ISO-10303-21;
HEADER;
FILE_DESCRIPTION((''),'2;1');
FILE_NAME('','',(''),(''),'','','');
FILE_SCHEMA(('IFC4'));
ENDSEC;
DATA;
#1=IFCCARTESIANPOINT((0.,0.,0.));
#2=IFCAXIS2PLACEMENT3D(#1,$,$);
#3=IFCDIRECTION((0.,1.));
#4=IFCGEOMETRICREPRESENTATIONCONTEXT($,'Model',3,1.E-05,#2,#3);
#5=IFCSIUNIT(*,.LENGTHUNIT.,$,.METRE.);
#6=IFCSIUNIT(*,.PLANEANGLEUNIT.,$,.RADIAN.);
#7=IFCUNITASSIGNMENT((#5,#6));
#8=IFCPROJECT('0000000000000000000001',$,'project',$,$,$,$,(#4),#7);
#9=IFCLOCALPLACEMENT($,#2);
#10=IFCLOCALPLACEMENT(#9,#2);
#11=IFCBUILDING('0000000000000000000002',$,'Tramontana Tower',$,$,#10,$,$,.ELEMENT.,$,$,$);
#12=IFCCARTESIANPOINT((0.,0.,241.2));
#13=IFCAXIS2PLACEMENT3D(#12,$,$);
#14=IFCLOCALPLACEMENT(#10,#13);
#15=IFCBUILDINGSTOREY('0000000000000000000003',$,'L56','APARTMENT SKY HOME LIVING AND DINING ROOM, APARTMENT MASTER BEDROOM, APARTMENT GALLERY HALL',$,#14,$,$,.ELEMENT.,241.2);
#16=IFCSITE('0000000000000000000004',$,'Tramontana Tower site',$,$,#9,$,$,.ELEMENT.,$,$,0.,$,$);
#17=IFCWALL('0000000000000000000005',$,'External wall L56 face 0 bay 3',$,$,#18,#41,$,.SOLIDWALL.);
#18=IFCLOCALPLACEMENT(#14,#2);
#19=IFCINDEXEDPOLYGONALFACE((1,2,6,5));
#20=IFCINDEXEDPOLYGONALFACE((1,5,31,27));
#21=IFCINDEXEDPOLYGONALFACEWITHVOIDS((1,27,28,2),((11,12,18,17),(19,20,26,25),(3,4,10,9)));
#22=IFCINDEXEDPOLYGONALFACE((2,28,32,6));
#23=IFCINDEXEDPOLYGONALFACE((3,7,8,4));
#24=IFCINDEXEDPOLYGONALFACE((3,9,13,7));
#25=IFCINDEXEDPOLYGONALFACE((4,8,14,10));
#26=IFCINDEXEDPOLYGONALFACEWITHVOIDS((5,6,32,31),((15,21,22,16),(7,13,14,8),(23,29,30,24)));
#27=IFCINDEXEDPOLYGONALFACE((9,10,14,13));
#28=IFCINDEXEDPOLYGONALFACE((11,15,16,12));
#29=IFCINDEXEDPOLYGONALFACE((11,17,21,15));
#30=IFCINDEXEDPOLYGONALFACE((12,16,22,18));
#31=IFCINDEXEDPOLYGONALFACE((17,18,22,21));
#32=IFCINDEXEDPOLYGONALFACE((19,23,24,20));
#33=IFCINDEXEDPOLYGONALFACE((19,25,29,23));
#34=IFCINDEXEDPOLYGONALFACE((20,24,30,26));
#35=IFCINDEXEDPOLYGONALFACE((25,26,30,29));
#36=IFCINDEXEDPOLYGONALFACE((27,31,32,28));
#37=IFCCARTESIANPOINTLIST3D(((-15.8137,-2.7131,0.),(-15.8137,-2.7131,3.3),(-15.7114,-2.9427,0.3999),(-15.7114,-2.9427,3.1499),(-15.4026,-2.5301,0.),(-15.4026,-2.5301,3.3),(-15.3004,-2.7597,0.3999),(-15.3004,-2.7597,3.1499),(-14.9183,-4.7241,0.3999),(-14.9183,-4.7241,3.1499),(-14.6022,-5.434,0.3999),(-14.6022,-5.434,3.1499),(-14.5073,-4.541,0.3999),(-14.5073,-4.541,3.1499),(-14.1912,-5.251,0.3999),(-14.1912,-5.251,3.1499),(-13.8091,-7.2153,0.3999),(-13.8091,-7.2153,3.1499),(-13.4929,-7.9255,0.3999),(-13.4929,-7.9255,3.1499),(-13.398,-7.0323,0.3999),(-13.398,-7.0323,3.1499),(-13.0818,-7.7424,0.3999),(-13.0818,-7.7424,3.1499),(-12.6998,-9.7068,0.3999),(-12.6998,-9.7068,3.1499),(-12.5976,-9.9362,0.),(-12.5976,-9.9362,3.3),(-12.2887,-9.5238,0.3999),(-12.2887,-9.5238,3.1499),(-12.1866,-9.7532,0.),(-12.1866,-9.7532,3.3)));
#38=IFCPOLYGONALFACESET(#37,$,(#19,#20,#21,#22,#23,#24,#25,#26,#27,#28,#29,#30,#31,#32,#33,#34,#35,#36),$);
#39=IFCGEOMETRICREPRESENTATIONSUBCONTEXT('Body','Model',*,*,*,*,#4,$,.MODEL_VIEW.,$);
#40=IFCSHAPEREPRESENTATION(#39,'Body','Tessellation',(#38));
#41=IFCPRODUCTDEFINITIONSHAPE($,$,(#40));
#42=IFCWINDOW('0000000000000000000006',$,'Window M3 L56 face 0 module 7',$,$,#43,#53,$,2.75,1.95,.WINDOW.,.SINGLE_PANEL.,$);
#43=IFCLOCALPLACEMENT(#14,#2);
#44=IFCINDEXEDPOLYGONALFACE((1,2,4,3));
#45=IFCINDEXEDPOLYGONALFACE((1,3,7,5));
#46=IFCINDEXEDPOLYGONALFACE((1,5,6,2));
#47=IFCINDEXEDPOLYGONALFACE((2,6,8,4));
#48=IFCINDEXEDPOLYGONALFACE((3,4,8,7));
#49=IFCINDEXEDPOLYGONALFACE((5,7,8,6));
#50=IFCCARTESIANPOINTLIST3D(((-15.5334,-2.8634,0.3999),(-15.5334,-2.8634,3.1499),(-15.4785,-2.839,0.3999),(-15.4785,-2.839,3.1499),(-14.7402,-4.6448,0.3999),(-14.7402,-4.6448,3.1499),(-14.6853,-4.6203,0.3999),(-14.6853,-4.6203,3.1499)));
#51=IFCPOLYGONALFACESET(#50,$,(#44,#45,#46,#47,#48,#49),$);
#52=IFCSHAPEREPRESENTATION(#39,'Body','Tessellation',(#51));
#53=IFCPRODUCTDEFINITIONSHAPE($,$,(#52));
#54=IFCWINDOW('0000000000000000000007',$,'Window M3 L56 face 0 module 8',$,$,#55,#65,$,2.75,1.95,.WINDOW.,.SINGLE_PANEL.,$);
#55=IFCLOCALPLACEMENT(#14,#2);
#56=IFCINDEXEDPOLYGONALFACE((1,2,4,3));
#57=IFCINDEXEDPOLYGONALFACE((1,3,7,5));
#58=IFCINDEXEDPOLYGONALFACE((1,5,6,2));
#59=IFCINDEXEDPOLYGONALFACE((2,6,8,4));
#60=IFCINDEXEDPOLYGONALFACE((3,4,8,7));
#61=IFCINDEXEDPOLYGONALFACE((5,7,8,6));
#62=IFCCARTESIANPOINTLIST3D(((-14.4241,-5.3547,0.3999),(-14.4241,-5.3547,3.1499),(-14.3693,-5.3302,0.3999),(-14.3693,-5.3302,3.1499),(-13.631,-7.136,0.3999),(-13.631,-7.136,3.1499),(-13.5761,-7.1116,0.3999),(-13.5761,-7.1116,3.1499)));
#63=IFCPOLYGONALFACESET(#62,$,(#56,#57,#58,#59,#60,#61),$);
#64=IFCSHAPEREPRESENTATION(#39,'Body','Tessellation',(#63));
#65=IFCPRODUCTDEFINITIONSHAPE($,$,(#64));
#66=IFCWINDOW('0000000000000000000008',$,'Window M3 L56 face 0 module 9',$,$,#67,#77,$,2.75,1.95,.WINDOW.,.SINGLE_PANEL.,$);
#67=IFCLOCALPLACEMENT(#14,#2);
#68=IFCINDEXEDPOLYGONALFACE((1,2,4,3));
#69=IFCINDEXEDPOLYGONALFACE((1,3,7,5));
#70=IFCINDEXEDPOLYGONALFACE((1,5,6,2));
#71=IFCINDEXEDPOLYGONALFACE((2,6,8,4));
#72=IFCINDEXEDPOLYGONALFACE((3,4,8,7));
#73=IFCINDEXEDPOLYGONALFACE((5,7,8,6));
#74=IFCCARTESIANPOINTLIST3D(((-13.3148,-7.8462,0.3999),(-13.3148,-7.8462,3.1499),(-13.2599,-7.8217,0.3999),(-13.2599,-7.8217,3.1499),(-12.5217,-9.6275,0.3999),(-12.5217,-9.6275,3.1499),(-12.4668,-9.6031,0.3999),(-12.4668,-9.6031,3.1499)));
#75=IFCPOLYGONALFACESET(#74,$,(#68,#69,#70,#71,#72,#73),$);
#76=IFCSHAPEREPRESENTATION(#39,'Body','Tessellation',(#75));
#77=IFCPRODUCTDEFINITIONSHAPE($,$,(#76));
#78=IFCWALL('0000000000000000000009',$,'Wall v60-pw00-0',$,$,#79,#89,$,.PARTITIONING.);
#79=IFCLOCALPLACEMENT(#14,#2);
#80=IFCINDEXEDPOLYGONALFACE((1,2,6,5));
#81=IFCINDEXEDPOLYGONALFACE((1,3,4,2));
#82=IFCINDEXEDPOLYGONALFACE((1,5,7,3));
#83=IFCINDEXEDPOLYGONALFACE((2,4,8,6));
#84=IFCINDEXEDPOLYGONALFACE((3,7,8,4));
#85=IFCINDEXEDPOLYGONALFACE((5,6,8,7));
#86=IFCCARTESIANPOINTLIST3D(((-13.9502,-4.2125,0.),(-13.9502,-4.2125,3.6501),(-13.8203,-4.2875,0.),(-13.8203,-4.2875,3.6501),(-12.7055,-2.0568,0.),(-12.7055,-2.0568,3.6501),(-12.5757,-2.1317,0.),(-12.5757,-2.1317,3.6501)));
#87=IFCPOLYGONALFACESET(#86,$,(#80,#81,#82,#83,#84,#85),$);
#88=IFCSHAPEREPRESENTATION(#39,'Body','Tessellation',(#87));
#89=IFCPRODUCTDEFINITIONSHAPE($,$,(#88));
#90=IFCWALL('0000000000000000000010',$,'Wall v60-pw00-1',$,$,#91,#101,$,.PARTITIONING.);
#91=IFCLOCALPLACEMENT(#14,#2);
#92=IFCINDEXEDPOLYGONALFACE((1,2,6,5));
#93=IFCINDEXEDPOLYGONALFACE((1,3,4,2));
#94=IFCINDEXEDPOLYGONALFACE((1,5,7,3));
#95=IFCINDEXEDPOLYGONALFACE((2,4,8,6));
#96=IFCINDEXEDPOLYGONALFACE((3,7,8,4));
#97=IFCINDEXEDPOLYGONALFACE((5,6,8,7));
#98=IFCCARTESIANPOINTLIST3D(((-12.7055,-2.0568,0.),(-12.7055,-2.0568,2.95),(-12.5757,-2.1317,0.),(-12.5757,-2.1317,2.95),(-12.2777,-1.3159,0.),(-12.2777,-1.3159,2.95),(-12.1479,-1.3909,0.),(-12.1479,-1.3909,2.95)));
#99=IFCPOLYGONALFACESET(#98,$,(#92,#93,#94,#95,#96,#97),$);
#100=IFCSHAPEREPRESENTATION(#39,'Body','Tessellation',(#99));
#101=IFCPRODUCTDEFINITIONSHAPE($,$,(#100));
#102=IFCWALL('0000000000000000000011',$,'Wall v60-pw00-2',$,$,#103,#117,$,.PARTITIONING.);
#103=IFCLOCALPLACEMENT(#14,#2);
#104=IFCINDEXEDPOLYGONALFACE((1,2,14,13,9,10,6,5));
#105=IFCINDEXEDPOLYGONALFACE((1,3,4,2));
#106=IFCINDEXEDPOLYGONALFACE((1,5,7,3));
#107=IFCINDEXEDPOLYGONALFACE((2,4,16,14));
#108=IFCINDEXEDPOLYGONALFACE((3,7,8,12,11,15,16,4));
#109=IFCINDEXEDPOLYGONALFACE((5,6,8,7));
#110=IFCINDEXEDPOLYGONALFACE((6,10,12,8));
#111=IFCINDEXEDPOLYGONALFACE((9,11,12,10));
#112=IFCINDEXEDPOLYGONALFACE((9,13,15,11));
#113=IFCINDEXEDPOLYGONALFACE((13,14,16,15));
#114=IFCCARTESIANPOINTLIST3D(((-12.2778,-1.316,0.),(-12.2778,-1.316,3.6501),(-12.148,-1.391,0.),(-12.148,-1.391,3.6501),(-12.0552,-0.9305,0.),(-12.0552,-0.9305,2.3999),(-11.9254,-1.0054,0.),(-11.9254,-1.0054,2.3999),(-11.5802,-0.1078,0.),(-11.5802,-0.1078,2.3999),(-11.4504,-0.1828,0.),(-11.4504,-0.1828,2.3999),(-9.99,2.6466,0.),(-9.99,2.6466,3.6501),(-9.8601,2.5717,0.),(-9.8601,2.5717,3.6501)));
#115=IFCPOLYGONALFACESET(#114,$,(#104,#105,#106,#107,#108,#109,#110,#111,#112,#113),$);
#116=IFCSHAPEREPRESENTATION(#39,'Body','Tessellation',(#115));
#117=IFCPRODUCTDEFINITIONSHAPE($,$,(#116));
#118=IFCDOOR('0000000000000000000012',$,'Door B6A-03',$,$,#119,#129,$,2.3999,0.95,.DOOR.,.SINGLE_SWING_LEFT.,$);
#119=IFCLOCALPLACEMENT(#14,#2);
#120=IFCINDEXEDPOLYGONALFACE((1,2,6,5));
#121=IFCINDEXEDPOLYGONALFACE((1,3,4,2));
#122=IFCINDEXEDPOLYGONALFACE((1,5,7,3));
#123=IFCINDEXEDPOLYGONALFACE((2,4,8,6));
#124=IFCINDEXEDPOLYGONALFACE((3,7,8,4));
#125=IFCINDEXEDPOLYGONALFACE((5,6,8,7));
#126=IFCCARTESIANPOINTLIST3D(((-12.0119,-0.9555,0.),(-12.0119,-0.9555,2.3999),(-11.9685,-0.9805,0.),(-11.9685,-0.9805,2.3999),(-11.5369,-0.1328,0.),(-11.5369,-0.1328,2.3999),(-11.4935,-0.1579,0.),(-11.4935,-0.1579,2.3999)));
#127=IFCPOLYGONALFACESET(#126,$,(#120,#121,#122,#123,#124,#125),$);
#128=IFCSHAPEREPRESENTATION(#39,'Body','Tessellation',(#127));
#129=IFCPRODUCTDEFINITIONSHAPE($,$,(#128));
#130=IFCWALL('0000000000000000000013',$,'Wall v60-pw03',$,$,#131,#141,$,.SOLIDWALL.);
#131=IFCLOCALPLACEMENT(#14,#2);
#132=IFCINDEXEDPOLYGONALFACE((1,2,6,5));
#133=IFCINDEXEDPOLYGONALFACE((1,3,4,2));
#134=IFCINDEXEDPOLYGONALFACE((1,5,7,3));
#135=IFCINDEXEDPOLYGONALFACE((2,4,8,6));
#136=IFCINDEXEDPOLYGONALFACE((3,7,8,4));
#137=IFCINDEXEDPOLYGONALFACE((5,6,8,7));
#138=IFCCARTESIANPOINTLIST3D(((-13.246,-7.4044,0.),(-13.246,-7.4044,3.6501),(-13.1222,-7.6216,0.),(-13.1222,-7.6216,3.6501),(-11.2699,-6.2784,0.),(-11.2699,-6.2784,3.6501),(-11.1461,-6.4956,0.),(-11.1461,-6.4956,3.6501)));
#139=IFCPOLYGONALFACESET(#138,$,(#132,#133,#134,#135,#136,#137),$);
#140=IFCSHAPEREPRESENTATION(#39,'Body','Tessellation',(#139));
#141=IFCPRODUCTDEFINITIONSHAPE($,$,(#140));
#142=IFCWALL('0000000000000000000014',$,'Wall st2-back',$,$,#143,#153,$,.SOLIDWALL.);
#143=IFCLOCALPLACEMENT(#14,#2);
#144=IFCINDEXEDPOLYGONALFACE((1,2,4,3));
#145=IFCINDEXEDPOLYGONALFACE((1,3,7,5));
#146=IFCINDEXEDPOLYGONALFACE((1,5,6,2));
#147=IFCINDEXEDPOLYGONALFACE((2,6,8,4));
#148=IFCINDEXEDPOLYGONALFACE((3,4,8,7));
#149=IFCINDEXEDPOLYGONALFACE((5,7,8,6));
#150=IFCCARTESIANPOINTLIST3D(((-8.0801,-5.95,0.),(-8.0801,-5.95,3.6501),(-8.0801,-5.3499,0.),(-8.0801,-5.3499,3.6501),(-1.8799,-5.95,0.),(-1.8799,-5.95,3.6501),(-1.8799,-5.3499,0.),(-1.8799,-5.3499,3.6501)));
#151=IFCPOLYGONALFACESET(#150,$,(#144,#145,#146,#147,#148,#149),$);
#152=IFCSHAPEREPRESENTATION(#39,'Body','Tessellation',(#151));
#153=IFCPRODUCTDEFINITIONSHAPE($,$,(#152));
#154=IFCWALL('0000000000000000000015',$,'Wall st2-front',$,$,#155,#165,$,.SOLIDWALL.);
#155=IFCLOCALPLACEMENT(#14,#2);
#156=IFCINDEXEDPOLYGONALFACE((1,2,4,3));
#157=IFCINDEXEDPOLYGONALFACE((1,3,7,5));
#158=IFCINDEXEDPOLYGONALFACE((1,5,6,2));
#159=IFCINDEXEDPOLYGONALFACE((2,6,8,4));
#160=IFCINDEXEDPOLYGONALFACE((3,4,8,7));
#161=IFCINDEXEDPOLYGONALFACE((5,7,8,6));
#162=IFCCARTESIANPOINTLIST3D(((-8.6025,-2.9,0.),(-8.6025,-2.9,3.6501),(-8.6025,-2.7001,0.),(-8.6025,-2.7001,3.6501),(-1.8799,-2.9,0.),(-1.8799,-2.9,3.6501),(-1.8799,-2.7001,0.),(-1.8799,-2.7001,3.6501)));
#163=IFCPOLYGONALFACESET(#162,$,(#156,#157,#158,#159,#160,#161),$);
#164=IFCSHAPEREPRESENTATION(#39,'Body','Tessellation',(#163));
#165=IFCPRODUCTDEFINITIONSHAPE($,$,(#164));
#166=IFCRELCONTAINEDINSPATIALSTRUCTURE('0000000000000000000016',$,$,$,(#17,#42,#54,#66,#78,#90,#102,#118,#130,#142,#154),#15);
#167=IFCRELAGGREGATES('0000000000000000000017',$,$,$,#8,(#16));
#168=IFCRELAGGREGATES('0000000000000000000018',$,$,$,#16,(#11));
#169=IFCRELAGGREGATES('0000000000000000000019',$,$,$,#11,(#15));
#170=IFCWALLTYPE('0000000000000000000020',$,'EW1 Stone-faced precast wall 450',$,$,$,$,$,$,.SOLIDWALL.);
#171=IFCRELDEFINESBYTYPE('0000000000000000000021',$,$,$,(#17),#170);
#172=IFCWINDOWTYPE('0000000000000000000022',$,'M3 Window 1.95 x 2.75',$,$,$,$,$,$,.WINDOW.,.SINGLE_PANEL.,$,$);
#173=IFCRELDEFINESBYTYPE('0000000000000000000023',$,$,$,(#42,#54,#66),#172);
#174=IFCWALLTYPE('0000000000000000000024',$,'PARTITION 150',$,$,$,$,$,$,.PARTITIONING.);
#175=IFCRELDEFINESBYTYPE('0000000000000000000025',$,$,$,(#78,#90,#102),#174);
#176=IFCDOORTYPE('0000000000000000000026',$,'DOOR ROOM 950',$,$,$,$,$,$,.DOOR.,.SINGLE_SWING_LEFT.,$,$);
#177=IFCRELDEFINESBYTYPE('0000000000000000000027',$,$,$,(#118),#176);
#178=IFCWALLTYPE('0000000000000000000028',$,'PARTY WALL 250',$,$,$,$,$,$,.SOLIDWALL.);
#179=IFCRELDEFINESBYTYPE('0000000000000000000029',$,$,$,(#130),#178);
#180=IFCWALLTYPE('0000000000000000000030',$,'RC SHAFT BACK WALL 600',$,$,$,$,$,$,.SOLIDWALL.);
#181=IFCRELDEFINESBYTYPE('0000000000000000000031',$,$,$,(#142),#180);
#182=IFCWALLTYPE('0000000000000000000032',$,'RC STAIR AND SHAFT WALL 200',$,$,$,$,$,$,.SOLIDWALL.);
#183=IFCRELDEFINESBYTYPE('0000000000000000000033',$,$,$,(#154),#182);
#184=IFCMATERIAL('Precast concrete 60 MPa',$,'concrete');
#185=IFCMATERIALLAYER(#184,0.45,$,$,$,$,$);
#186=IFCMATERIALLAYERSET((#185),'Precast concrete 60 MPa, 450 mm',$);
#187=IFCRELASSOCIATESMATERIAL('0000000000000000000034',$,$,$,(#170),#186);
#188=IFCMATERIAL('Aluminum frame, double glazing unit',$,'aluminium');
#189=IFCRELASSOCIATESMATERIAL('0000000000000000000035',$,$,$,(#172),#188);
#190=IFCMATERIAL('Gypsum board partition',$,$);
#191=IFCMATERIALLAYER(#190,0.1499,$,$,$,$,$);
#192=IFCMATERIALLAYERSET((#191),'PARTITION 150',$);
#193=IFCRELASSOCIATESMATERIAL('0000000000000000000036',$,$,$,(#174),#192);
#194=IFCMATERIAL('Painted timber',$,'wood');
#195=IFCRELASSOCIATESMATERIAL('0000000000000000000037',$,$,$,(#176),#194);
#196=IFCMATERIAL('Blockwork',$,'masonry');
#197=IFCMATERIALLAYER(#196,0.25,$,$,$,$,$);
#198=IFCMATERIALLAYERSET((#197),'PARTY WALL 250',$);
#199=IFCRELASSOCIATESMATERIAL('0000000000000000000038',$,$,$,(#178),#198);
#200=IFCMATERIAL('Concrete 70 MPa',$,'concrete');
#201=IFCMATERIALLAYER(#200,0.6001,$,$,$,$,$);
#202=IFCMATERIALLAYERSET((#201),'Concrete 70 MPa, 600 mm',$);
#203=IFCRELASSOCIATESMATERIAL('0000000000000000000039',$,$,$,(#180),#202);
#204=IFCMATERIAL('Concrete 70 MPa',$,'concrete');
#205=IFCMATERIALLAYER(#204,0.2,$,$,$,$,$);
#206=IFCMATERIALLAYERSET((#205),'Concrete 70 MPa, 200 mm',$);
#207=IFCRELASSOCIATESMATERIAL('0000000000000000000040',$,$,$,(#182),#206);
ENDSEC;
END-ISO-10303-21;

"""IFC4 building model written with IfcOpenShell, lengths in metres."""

from ifc_helpers import new_model, si_unit, direction, frame, frame_2d, origin, place, context, subcontext, project, spatial, rectangle, extrude, material, layer, layer_set, type_object, element, fill, save


model = new_model("IFC4")

# Units and contexts
model_context = context("Model", 3, precision=1e-05, world=origin(), true_north=direction((0.0, 1.0)))
body_context = subcontext(model_context, "Body", "Model", "MODEL_VIEW")
ifc_project = project(units=[si_unit("LENGTHUNIT", "METRE"), si_unit("PLANEANGLEUNIT", "RADIAN")], contexts=[model_context])

# Site, building, storey
site_placement = place(None, origin())
site = spatial("IfcSite", under=ifc_project, at=site_placement, Name="Tramontana Tower site", CompositionType="ELEMENT", RefElevation=0.0)
building_placement = place(site_placement, origin())
building = spatial("IfcBuilding", under=site, at=building_placement, Name="Tramontana Tower", CompositionType="ELEMENT")
storey_placement = place(building_placement, frame((0.0, 0.0, 241.2)))
storey = spatial("IfcBuildingStorey", under=building, at=storey_placement, Name="L56", Description="APARTMENT SKY HOME LIVING AND DINING ROOM, APARTMENT MASTER BEDROOM, APARTMENT GALLERY HALL", CompositionType="ELEMENT", Elevation=241.2)

# Wall, openings, windows
ifc_material_1 = material(Name="Precast concrete 60 MPa", Category="concrete")
ifc_layer_1 = layer(ifc_material_1, 0.45)
ifc_layer_set_1 = layer_set([ifc_layer_1], Name="Precast concrete 60 MPa, 450 mm")
wall_type_1 = type_object("IfcWallType", Name="EW1 Stone-faced precast wall 450", PredefinedType="SOLIDWALL", material=ifc_layer_set_1)
wall_1_placement = place(storey_placement, frame((-15.6082, -2.6216, 0.0), z_axis=(0.0, 0.0, 1.0), x_axis=(0.406749, -0.91354, 0.0)))
wall_1 = element("IfcWall", 1, at=wall_1_placement, inside=storey, type_object=wall_type_1, Name="External wall L56 face 0 bay 3", PredefinedType="SOLIDWALL", context=body_context, shape_type="SweptSolid", body=[
    extrude(rectangle(XDim=7.9067, YDim=0.45, at=frame_2d((3.9534, 0.0))), origin(), (0.0, 0.0, 1.0), 3.3),
])
opening_1_placement = place(wall_1_placement, frame((0.2512, 0.0, 0.3999)))
opening_1 = element("IfcOpeningElement", 2, at=opening_1_placement, cuts=wall_1, PredefinedType="OPENING", context=body_context, shape_type="SweptSolid", body=[
    extrude(rectangle(XDim=1.95, YDim=2.75, at=frame_2d((0.9751, 1.375))), frame((0.0, 0.2349, 0.0), z_axis=(0.0, -1.0, 0.0), x_axis=(1.0, 0.0, 0.0)), (0.0, 0.0, 1.0), 0.47),
])
opening_2_placement = place(wall_1_placement, frame((2.9783, 0.0, 0.3999)))
opening_2 = element("IfcOpeningElement", 3, at=opening_2_placement, cuts=wall_1, PredefinedType="OPENING", context=body_context, shape_type="SweptSolid", body=[
    extrude(rectangle(XDim=1.95, YDim=2.75, at=frame_2d((0.9751, 1.375))), frame((0.0, 0.2349, 0.0), z_axis=(0.0, -1.0, 0.0), x_axis=(1.0, 0.0, 0.0)), (0.0, 0.0, 1.0), 0.47),
])
opening_3_placement = place(wall_1_placement, frame((5.7056, 0.0, 0.3999)))
opening_3 = element("IfcOpeningElement", 4, at=opening_3_placement, cuts=wall_1, PredefinedType="OPENING", context=body_context, shape_type="SweptSolid", body=[
    extrude(rectangle(XDim=1.95, YDim=2.75, at=frame_2d((0.9751, 1.375))), frame((0.0, 0.2349, 0.0), z_axis=(0.0, -1.0, 0.0), x_axis=(1.0, 0.0, 0.0)), (0.0, 0.0, 1.0), 0.47),
])
ifc_material_2 = material(Name="Aluminum frame, double glazing unit", Category="aluminium")
window_type = type_object("IfcWindowType", Name="M3 Window 1.95 x 2.75", PartitioningType="SINGLE_PANEL", PredefinedType="WINDOW", material=ifc_material_2)
window_1_placement = place(opening_1_placement, origin())
window_1 = element("IfcWindow", 5, at=window_1_placement, inside=storey, type_object=window_type, Name="Window M3 L56 face 0 module 7", OverallHeight=2.75, OverallWidth=1.95, PartitioningType="SINGLE_PANEL", PredefinedType="WINDOW", context=body_context, shape_type="SweptSolid", body=[
    extrude(rectangle(XDim=1.95, YDim=2.75, at=frame_2d((0.9751, 1.375))), frame((0.0, 0.03, 0.0), z_axis=(0.0, -1.0, 0.0), x_axis=(1.0, 0.0, 0.0)), (0.0, 0.0, 1.0), 0.0601),
])
fill(opening_1, window_1)
window_2_placement = place(opening_2_placement, origin())
window_2 = element("IfcWindow", 6, at=window_2_placement, inside=storey, type_object=window_type, Name="Window M3 L56 face 0 module 8", OverallHeight=2.75, OverallWidth=1.95, PartitioningType="SINGLE_PANEL", PredefinedType="WINDOW", context=body_context, shape_type="SweptSolid", body=[
    extrude(rectangle(XDim=1.95, YDim=2.75, at=frame_2d((0.9751, 1.375))), frame((0.0, 0.03, 0.0), z_axis=(0.0, -1.0, 0.0), x_axis=(1.0, 0.0, 0.0)), (0.0, 0.0, 1.0), 0.0601),
])
fill(opening_2, window_2)
window_3_placement = place(opening_3_placement, origin())
window_3 = element("IfcWindow", 7, at=window_3_placement, inside=storey, type_object=window_type, Name="Window M3 L56 face 0 module 9", OverallHeight=2.75, OverallWidth=1.95, PartitioningType="SINGLE_PANEL", PredefinedType="WINDOW", context=body_context, shape_type="SweptSolid", body=[
    extrude(rectangle(XDim=1.95, YDim=2.75, at=frame_2d((0.9751, 1.375))), frame((0.0, 0.03, 0.0), z_axis=(0.0, -1.0, 0.0), x_axis=(1.0, 0.0, 0.0)), (0.0, 0.0, 1.0), 0.0601),
])
fill(opening_3, window_3)

# Walls
ifc_material_3 = material(Name="Gypsum board partition")
ifc_layer_2 = layer(ifc_material_3, 0.1499)
ifc_layer_set_2 = layer_set([ifc_layer_2], Name="PARTITION 150")
wall_type_2 = type_object("IfcWallType", Name="PARTITION 150", PredefinedType="PARTITIONING", material=ifc_layer_set_2)
wall_2_placement = place(storey_placement, frame((-13.8853, -4.25, 0.0), z_axis=(0.0, 0.0, 1.0), x_axis=(0.5, 0.866026, 0.0)))
element("IfcWall", 8, at=wall_2_placement, inside=storey, type_object=wall_type_2, Name="Wall v60-pw00-0", PredefinedType="PARTITIONING", context=body_context, shape_type="SweptSolid", body=[
    extrude(rectangle(XDim=2.4893, YDim=0.1499, at=frame_2d((1.2446, 0.0))), origin(), (0.0, 0.0, 1.0), 3.6501),
])
wall_3_placement = place(storey_placement, frame((-12.6406, -2.0942, 0.0), z_axis=(0.0, 0.0, 1.0), x_axis=(0.500068, 0.865986, 0.0)))
element("IfcWall", 9, at=wall_3_placement, inside=storey, type_object=wall_type_2, Name="Wall v60-pw00-1", PredefinedType="PARTITIONING", context=body_context, shape_type="SweptSolid", body=[
    extrude(rectangle(XDim=0.8555, YDim=0.1499, at=frame_2d((0.4277, 0.0))), origin(), (0.0, 0.0, 1.0), 2.95),
])

# Wall, opening, door
wall_4_placement = place(storey_placement, frame((-12.2129, -1.3535, 0.0), z_axis=(0.0, 0.0, 1.0), x_axis=(0.500001, 0.866025, 0.0)))
wall_4 = element("IfcWall", 10, at=wall_4_placement, inside=storey, type_object=wall_type_2, Name="Wall v60-pw00-2", PredefinedType="PARTITIONING", context=body_context, shape_type="SweptSolid", body=[
    extrude(rectangle(XDim=4.5757, YDim=0.1499, at=frame_2d((2.2878, 0.0))), origin(), (0.0, 0.0, 1.0), 3.6501),
])
opening_4_placement = place(wall_4_placement, frame((0.4451, 0.0, 0.0)))
opening_4 = element("IfcOpeningElement", 11, at=opening_4_placement, cuts=wall_4, PredefinedType="OPENING", context=body_context, shape_type="SweptSolid", body=[
    extrude(rectangle(XDim=0.95, YDim=2.3999, at=frame_2d((0.4751, 1.2))), frame((0.0, 0.085, 0.0), z_axis=(0.0, -1.0, 0.0), x_axis=(1.0, 0.0, 0.0)), (0.0, 0.0, 1.0), 0.1699),
])
ifc_material_4 = material(Name="Painted timber", Category="wood")
door_type_1 = type_object("IfcDoorType", Name="DOOR ROOM 950", OperationType="SINGLE_SWING_LEFT", PredefinedType="DOOR", material=ifc_material_4)
door_1_placement = place(opening_4_placement, origin())
door_1 = element("IfcDoor", 12, at=door_1_placement, inside=storey, type_object=door_type_1, Name="Door B6A-03", OperationType="SINGLE_SWING_LEFT", OverallHeight=2.3999, OverallWidth=0.95, PredefinedType="DOOR", context=body_context, shape_type="SweptSolid", body=[
    extrude(rectangle(XDim=0.95, YDim=2.3999, at=frame_2d((0.4751, 1.2))), frame((0.0, 0.0249, 0.0), z_axis=(0.0, -1.0, 0.0), x_axis=(1.0, 0.0, 0.0)), (0.0, 0.0, 1.0), 0.05),
])
fill(opening_4, door_1)

# Walls
ifc_material_5 = material(Name="Blockwork", Category="masonry")
ifc_layer_3 = layer(ifc_material_5, 0.25)
ifc_layer_set_3 = layer_set([ifc_layer_3], Name="PARTY WALL 250")
wall_type_3 = type_object("IfcWallType", Name="PARTY WALL 250", PredefinedType="SOLIDWALL", material=ifc_layer_set_3)
wall_5_placement = place(storey_placement, frame((-11.208, -6.387, 0.0), z_axis=(0.0, 0.0, 1.0), x_axis=(-0.86885, -0.495075, 0.0)))
element("IfcWall", 13, at=wall_5_placement, inside=storey, type_object=wall_type_3, Name="Wall v60-pw03", PredefinedType="SOLIDWALL", context=body_context, shape_type="SweptSolid", body=[
    extrude(rectangle(XDim=2.2744, YDim=0.25, at=frame_2d((1.1372, 0.0))), origin(), (0.0, 0.0, 1.0), 3.6501),
])
ifc_material_6 = material(Name="Concrete 70 MPa", Category="concrete")
ifc_layer_4 = layer(ifc_material_6, 0.6001)
ifc_layer_set_4 = layer_set([ifc_layer_4], Name="Concrete 70 MPa, 600 mm")
wall_type_4 = type_object("IfcWallType", Name="RC SHAFT BACK WALL 600", PredefinedType="SOLIDWALL", material=ifc_layer_set_4)
wall_6_placement = place(storey_placement, frame((-8.0801, -5.6499, 0.0), z_axis=(0.0, 0.0, 1.0), x_axis=(1.0, 0.0, 0.0)))
element("IfcWall", 14, at=wall_6_placement, inside=storey, type_object=wall_type_4, Name="Wall st2-back", PredefinedType="SOLIDWALL", context=body_context, shape_type="SweptSolid", body=[
    extrude(rectangle(XDim=6.2002, YDim=0.6001, at=frame_2d((3.1001, 0.0))), origin(), (0.0, 0.0, 1.0), 3.6501),
])
ifc_material_7 = material(Name="Concrete 70 MPa", Category="concrete")
ifc_layer_5 = layer(ifc_material_7, 0.2)
ifc_layer_set_5 = layer_set([ifc_layer_5], Name="Concrete 70 MPa, 200 mm")
wall_type_5 = type_object("IfcWallType", Name="RC STAIR AND SHAFT WALL 200", PredefinedType="SOLIDWALL", material=ifc_layer_set_5)
wall_7_placement = place(storey_placement, frame((-8.6025, -2.8, 0.0), z_axis=(0.0, 0.0, 1.0), x_axis=(1.0, 0.0, 0.0)))
element("IfcWall", 15, at=wall_7_placement, inside=storey, type_object=wall_type_5, Name="Wall st2-front", PredefinedType="SOLIDWALL", context=body_context, shape_type="SweptSolid", body=[
    extrude(rectangle(XDim=6.7227, YDim=0.2, at=frame_2d((3.3613, 0.0))), origin(), (0.0, 0.0, 1.0), 3.6501),
])

save(model, "model.ifc")
